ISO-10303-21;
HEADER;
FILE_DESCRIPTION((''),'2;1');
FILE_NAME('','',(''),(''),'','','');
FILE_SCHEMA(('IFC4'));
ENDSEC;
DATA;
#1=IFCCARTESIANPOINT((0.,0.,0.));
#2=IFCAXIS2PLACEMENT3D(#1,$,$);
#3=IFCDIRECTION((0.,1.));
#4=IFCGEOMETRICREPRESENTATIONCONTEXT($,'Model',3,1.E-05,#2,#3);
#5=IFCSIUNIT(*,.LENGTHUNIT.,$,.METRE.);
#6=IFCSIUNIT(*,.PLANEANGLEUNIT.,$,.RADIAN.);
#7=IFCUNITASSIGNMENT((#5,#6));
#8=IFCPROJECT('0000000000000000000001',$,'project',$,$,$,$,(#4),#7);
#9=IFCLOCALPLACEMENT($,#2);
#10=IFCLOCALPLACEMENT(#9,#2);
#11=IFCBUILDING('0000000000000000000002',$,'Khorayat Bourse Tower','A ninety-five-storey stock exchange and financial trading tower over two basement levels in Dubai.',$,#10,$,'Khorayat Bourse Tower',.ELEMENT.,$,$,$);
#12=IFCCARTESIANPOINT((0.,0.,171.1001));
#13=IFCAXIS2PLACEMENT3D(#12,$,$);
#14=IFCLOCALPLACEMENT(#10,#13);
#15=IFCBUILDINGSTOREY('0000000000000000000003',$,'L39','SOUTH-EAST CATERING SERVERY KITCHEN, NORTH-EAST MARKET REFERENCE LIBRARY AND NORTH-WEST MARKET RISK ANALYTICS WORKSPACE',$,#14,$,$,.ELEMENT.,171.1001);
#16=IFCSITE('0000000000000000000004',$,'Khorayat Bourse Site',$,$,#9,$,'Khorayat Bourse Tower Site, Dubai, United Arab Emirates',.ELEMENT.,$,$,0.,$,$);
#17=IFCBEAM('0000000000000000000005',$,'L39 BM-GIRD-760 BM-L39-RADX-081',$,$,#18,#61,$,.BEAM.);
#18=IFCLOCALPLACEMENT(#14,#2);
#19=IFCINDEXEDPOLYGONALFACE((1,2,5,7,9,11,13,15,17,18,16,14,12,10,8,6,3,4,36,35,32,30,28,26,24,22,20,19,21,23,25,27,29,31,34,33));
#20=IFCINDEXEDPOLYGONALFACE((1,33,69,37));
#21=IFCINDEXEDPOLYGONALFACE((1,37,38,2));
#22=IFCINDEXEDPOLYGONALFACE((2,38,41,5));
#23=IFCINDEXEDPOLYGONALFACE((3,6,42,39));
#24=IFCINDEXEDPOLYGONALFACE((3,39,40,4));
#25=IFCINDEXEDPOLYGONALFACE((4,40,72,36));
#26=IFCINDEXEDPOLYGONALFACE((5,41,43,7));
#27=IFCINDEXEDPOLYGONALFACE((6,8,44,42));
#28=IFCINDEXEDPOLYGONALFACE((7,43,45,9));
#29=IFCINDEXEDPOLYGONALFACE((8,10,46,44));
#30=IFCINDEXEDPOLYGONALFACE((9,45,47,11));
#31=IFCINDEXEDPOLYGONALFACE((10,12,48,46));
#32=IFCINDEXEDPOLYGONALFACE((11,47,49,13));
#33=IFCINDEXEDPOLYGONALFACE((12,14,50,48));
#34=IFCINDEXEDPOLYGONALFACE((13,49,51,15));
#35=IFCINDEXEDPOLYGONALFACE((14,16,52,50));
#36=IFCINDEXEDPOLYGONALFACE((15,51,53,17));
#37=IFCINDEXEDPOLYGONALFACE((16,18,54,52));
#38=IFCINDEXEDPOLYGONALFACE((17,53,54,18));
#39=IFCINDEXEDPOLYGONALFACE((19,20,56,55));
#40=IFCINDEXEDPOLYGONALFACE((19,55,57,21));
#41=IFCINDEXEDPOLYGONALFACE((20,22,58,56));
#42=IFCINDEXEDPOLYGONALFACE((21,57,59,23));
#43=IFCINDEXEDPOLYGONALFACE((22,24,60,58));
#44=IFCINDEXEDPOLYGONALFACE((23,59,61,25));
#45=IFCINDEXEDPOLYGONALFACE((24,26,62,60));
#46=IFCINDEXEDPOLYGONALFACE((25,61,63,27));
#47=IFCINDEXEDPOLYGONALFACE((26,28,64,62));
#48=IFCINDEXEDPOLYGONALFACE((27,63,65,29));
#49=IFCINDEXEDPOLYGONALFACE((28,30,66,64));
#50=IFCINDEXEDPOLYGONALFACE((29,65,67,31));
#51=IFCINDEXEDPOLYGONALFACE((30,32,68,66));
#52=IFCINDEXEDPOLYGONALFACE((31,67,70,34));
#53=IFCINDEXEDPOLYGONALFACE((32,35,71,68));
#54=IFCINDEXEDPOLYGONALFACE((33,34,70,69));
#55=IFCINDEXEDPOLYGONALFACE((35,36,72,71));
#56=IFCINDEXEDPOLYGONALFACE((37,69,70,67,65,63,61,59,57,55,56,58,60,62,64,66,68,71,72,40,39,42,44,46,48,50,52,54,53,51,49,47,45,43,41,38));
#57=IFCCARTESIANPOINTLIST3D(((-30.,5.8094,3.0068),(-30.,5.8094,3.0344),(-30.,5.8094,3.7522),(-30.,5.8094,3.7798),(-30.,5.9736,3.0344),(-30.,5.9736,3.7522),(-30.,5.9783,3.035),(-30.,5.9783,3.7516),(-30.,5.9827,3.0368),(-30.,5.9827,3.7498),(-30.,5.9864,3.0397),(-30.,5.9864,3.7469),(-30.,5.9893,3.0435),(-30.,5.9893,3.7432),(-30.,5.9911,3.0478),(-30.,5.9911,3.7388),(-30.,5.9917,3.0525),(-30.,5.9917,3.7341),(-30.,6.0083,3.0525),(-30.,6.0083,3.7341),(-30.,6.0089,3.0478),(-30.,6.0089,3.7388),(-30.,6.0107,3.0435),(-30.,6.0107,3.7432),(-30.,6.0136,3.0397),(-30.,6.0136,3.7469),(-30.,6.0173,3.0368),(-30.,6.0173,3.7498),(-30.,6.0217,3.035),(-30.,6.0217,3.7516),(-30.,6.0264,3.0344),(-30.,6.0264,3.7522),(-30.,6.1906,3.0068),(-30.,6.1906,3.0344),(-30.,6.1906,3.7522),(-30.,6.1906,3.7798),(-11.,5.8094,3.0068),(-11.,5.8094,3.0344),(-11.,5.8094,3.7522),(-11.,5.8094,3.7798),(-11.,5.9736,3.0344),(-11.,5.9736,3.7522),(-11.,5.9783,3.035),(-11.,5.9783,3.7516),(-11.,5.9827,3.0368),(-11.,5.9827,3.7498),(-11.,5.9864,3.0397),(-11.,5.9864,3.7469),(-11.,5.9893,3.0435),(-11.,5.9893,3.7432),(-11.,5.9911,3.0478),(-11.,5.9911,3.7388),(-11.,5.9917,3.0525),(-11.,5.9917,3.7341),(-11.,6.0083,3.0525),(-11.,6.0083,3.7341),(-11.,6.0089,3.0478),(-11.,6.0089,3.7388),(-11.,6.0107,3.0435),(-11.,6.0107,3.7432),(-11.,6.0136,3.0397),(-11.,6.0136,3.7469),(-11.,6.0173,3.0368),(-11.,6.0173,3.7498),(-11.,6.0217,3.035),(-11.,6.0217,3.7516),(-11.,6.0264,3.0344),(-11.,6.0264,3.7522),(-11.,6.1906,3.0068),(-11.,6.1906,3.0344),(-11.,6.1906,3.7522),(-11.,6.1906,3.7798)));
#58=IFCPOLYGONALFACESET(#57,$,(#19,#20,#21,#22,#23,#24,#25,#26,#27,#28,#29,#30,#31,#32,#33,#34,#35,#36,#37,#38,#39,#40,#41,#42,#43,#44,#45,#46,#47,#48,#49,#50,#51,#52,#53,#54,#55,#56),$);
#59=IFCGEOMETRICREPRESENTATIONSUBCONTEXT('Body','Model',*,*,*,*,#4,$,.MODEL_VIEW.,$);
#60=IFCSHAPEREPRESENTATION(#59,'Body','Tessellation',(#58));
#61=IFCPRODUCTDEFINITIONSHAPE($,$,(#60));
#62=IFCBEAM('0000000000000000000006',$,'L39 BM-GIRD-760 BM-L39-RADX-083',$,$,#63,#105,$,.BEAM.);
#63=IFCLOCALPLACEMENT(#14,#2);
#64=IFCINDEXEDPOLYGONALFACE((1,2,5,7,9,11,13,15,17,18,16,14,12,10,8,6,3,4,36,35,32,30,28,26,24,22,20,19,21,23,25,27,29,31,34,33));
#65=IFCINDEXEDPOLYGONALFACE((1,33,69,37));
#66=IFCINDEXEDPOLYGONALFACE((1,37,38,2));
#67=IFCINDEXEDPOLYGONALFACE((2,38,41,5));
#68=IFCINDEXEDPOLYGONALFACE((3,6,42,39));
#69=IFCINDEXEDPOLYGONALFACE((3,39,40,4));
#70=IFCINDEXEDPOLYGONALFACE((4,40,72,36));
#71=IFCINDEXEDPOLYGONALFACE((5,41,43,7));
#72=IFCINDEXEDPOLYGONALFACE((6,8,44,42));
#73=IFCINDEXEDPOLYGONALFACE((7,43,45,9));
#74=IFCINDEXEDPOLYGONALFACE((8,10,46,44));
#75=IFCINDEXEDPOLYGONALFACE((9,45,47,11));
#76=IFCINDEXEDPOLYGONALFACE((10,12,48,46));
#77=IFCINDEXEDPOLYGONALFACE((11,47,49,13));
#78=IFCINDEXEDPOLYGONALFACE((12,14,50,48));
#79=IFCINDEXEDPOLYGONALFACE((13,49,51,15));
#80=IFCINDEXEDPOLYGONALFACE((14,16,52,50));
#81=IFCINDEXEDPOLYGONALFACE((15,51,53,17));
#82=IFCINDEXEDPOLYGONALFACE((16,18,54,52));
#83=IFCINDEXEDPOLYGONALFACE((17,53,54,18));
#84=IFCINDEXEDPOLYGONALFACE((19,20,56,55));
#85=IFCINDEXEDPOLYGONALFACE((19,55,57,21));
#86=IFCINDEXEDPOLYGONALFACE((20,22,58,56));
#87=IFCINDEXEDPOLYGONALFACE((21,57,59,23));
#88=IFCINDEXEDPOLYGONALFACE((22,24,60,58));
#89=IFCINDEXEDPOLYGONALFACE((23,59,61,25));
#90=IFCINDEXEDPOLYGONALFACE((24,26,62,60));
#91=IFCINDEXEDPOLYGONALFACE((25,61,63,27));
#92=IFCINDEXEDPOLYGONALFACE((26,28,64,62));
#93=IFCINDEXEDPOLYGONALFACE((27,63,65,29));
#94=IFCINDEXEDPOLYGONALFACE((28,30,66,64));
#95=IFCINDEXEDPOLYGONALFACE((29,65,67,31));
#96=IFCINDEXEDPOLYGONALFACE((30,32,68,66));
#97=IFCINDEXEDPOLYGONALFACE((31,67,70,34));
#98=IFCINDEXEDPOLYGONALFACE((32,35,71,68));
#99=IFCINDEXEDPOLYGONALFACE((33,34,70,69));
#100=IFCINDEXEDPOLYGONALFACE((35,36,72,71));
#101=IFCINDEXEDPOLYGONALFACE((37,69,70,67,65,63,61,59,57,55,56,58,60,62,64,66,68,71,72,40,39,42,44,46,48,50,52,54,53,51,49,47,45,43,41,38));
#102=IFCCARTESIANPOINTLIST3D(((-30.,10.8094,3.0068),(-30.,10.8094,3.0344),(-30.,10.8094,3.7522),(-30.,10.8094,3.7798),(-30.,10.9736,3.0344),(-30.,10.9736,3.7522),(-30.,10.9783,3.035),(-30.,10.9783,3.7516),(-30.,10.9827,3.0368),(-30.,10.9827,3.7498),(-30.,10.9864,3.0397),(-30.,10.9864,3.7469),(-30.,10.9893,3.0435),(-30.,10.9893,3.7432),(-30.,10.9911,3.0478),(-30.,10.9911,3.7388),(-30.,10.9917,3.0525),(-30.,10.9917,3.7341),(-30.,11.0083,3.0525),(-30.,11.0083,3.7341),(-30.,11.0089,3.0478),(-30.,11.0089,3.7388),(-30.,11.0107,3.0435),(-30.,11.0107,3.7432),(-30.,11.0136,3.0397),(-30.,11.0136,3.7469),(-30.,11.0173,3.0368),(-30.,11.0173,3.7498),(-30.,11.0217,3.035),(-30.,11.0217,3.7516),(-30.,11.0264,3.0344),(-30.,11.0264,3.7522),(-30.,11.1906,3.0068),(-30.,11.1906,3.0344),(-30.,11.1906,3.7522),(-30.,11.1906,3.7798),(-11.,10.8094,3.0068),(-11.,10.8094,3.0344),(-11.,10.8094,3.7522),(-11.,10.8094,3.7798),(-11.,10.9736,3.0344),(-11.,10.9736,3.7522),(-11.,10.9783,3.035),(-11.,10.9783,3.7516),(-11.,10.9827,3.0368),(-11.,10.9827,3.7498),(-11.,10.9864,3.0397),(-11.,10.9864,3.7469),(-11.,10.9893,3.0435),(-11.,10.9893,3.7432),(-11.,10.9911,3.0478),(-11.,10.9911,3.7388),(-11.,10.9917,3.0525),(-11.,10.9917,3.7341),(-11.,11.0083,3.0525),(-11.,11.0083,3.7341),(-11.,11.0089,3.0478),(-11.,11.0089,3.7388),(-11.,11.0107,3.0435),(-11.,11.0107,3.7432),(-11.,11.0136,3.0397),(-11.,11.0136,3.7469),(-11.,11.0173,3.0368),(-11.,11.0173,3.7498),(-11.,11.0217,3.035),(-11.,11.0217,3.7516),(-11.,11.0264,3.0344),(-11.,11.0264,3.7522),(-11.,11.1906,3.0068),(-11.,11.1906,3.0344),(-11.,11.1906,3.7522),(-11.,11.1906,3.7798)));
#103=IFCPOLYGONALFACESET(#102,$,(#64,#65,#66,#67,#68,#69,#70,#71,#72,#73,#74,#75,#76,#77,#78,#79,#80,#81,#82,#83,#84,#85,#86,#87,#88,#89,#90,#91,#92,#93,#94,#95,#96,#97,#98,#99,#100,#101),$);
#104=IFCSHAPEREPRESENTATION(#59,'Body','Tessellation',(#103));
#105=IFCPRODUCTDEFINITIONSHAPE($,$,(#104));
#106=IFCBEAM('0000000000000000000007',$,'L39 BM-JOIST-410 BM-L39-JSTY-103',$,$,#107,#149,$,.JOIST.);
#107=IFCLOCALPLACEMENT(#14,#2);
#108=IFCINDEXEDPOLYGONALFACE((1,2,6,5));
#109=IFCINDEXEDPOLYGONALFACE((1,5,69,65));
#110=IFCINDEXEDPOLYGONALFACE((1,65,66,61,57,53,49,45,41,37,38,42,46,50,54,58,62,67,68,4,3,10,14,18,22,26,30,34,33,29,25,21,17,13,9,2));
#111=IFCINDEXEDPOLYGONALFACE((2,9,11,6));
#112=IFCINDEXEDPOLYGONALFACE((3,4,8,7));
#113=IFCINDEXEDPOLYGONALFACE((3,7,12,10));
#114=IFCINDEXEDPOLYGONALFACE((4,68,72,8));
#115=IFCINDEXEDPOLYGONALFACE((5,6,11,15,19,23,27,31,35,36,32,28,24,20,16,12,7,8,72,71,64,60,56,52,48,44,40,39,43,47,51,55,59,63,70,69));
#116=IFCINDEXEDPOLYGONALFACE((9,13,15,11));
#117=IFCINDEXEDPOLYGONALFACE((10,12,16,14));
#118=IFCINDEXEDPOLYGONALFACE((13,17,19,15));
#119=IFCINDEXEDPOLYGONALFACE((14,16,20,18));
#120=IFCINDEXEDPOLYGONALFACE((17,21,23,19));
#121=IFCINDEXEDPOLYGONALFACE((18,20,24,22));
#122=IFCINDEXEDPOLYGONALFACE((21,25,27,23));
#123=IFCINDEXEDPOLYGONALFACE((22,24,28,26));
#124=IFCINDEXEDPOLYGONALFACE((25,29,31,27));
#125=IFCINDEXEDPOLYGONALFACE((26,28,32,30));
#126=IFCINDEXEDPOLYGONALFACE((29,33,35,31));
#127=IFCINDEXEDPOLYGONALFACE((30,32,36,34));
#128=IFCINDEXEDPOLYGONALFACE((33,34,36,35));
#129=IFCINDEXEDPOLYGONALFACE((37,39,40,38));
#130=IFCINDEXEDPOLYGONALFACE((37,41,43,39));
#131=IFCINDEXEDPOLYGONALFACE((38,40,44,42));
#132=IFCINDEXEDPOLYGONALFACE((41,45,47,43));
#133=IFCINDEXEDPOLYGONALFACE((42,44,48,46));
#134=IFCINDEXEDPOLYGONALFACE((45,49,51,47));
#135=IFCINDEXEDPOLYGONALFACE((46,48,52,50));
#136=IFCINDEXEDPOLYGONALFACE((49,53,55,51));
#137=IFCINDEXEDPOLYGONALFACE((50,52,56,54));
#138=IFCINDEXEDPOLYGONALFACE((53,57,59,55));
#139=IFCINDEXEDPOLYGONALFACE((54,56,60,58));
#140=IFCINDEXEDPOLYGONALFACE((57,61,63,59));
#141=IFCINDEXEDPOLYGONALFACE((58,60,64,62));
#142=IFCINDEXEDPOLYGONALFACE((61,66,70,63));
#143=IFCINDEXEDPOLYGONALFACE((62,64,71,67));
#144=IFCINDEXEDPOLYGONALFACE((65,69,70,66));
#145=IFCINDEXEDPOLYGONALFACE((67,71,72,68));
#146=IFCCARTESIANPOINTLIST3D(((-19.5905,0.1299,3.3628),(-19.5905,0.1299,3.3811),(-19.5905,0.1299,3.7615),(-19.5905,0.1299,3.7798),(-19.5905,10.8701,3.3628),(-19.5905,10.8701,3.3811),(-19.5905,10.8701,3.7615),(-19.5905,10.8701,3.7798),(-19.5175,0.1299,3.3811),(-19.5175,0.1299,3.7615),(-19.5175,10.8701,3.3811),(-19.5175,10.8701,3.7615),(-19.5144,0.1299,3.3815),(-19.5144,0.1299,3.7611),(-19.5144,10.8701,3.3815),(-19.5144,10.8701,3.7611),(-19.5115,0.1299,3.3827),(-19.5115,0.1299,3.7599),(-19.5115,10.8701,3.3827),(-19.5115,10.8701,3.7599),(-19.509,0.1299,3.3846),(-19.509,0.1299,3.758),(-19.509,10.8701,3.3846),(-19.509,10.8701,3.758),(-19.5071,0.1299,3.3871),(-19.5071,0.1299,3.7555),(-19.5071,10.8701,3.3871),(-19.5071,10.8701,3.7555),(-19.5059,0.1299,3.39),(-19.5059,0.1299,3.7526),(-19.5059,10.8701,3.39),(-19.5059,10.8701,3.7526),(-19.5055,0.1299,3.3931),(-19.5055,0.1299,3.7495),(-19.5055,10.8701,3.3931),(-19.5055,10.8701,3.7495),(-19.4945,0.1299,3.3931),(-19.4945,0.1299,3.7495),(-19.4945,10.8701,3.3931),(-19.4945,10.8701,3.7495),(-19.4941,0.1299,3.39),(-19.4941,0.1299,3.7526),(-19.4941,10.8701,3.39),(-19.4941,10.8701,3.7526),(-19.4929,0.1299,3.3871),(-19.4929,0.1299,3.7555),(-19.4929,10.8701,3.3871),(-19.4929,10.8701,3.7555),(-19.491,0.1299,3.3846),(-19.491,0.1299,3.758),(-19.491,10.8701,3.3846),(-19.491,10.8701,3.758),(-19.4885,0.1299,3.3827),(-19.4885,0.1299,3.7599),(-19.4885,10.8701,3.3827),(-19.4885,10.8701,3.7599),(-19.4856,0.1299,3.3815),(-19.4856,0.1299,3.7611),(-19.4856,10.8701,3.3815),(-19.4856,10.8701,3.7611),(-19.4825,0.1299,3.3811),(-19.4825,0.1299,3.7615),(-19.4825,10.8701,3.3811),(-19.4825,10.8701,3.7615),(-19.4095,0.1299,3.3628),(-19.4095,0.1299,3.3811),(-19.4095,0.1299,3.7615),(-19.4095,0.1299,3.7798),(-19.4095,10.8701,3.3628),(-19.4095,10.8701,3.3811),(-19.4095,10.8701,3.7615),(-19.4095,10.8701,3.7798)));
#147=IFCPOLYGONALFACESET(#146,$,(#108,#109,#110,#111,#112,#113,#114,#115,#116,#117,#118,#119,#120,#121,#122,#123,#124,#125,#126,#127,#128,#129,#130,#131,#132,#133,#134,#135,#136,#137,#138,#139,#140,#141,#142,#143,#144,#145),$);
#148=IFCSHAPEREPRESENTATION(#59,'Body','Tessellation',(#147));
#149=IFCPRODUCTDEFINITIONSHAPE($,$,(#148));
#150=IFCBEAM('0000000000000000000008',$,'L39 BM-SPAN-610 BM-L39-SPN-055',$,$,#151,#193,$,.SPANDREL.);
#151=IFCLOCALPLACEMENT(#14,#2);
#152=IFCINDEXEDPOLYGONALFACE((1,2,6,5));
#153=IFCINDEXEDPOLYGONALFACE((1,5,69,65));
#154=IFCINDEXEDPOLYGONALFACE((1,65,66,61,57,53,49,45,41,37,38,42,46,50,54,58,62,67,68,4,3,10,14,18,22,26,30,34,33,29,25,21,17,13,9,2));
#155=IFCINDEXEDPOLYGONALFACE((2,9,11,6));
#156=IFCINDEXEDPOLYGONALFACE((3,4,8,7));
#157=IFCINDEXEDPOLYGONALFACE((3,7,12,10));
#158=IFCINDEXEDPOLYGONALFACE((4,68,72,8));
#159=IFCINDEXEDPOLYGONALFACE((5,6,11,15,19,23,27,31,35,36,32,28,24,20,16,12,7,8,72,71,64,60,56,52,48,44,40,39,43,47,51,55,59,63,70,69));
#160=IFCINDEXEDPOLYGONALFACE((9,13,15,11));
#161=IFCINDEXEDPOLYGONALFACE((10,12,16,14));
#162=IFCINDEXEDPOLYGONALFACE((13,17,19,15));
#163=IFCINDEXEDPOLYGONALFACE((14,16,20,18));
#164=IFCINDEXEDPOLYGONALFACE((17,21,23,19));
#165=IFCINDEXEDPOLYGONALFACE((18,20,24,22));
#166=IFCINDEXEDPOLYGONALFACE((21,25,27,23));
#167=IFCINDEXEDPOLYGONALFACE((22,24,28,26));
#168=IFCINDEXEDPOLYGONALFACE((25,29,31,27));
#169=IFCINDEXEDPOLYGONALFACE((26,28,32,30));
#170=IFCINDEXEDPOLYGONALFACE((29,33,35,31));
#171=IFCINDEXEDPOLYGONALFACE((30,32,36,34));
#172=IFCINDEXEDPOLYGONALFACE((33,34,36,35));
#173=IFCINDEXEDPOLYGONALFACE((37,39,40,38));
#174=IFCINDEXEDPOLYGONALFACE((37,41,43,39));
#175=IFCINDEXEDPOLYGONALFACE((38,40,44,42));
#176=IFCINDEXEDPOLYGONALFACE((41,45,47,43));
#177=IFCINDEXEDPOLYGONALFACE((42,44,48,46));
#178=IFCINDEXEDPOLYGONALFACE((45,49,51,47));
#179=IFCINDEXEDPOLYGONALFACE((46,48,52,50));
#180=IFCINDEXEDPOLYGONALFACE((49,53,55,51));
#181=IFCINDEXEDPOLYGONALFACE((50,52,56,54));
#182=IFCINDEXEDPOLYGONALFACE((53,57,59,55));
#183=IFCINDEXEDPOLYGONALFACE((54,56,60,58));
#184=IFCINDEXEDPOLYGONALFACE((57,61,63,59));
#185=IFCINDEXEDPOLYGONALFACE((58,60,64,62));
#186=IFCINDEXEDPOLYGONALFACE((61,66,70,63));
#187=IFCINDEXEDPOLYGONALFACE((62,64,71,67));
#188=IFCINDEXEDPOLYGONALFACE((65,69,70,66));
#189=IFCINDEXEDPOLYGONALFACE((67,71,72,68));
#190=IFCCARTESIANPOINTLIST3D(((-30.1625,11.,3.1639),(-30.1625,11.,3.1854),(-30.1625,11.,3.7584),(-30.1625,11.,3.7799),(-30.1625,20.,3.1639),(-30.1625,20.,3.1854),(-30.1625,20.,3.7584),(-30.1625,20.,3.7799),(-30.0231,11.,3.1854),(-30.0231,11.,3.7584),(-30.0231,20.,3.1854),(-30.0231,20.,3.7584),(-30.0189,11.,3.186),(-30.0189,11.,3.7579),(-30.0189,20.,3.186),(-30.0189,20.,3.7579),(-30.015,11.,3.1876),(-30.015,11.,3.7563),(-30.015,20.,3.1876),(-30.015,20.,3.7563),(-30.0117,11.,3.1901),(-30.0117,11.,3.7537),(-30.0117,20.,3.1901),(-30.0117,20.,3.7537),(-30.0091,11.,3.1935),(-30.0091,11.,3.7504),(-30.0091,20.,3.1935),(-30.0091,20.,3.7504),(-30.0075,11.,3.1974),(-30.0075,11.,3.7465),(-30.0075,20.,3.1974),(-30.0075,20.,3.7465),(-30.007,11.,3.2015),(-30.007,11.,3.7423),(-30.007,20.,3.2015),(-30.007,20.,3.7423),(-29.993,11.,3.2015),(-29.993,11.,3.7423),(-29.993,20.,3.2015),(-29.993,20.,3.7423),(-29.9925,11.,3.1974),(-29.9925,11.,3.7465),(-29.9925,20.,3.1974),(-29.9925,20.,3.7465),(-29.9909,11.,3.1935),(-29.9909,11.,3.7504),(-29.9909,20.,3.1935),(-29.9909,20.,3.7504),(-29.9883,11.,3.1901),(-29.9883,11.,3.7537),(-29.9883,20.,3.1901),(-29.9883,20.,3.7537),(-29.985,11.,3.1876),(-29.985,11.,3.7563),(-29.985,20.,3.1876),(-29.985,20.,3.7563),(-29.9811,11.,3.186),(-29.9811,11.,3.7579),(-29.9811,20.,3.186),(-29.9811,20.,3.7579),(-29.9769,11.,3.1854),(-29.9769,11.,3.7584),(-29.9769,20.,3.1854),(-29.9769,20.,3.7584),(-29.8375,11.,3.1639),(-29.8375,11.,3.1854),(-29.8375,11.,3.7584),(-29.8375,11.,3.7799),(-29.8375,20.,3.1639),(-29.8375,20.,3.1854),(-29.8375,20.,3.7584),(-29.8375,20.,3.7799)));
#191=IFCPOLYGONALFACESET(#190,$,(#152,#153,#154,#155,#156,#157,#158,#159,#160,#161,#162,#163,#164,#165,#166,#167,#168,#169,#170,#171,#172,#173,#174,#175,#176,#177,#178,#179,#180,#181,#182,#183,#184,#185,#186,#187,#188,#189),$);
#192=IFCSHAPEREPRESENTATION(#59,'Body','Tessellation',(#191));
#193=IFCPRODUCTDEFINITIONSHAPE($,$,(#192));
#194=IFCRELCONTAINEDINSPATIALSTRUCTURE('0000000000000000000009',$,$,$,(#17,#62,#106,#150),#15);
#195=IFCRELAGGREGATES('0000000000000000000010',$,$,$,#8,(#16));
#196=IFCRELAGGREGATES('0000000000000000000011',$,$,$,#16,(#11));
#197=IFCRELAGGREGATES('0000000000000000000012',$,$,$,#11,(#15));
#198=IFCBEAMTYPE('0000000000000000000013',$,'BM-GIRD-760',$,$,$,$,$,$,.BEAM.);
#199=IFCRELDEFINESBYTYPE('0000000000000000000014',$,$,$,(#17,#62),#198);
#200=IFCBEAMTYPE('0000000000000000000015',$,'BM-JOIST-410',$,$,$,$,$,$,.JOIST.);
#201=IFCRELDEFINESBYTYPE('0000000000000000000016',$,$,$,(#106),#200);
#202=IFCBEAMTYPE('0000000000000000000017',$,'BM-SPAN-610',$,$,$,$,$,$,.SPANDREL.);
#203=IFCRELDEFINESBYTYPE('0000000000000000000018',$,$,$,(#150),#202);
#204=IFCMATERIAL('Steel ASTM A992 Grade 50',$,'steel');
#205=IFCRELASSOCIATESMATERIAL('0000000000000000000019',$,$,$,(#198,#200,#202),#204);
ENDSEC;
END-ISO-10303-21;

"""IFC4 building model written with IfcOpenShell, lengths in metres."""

from ifc_helpers import new_model, si_unit, direction, frame, origin, origin_2d, place, context, subcontext, project, spatial, i_section, extrude, source, transform, mapped, material, material_profile, profile_set, type_object, element, save


model = new_model("IFC4")

# Units and contexts
model_context = context("Model", 3, precision=1e-05, world=origin(), true_north=direction((0.0, 1.0)))
body_context = subcontext(model_context, "Body", "Model", "MODEL_VIEW")
ifc_project = project(units=[si_unit("LENGTHUNIT", "METRE"), si_unit("PLANEANGLEUNIT", "RADIAN")], contexts=[model_context])

# Site, building, storey
site_placement = place(None, origin())
site = spatial("IfcSite", under=ifc_project, at=site_placement, Name="Khorayat Bourse Site", LongName="Khorayat Bourse Tower Site, Dubai, United Arab Emirates", CompositionType="ELEMENT", RefElevation=0.0)
building_placement = place(site_placement, origin())
building = spatial("IfcBuilding", under=site, at=building_placement, Name="Khorayat Bourse Tower", Description="A ninety-five-storey stock exchange and financial trading tower over two basement levels in Dubai.", LongName="Khorayat Bourse Tower", CompositionType="ELEMENT")
storey_placement = place(building_placement, frame((0.0, 0.0, 171.1001)))
storey = spatial("IfcBuildingStorey", under=building, at=storey_placement, Name="L39", Description="SOUTH-EAST CATERING SERVERY KITCHEN, NORTH-EAST MARKET REFERENCE LIBRARY AND NORTH-WEST MARKET RISK ANALYTICS WORKSPACE", CompositionType="ELEMENT", Elevation=171.1001)

# Beams
ifc_material_1 = material(Name="Steel ASTM A992 Grade 50", Category="steel")
ifc_material_profile_1 = material_profile(ifc_material_1, i_section(OverallWidth=0.3811, OverallDepth=0.7729, WebThickness=0.0166, FlangeThickness=0.0276, FilletRadius=0.0181, at=origin_2d()), Name="W760X257")
ifc_profile_set_1 = profile_set([ifc_material_profile_1], Name="Steel ASTM A992 Grade 50")
beam_type_1 = type_object("IfcBeamType", Name="BM-GIRD-760", PredefinedType="BEAM", material=ifc_profile_set_1)
shared_shape_1 = source(origin(), body_context, "Body", "SweptSolid", [
    extrude(i_section(OverallWidth=0.3811, OverallDepth=0.7729, WebThickness=0.0166, FlangeThickness=0.0276, FilletRadius=0.0181, at=origin_2d()), origin(), (0.0, 0.0, 1.0), 19.0),
])
for number, where, z_axis, x_axis, name in (
    (1, (-30.0, 6.0, 3.3933), (1.0, 0.0, 0.0), (0.0, 1.0, 0.0), "L39 BM-GIRD-760 BM-L39-RADX-081"),
    (2, (-30.0, 11.0, 3.3933), (1.0, 0.0, 0.0), (0.0, 1.0, 0.0), "L39 BM-GIRD-760 BM-L39-RADX-083"),
):
    element("IfcBeam", number, at=place(storey_placement, frame(where, z_axis=z_axis, x_axis=x_axis)), inside=storey, type_object=beam_type_1, Name=name, PredefinedType="BEAM", context=body_context, shape_type="MappedRepresentation", body=[
        mapped(shared_shape_1, transform((0.0, 0.0, 0.0), scale=1.0)),
    ])
ifc_material_profile_2 = material_profile(ifc_material_1, i_section(OverallWidth=0.1809, OverallDepth=0.417, WebThickness=0.011, FlangeThickness=0.0183, FilletRadius=0.012, at=origin_2d()), Name="W410X85")
ifc_profile_set_2 = profile_set([ifc_material_profile_2], Name="Steel ASTM A992 Grade 50")
beam_type_2 = type_object("IfcBeamType", Name="BM-JOIST-410", PredefinedType="JOIST", material=ifc_profile_set_2)
shared_shape_2 = source(origin(), body_context, "Body", "SweptSolid", [
    extrude(i_section(OverallWidth=0.1809, OverallDepth=0.417, WebThickness=0.011, FlangeThickness=0.0183, FilletRadius=0.012, at=origin_2d()), origin(), (0.0, 0.0, 1.0), 10.7402),
])
beam_1_placement = place(storey_placement, frame((-19.5, 0.1299, 3.5713), z_axis=(0.0, 1.0, 0.0), x_axis=(-1.0, 0.0, 0.0)))
element("IfcBeam", 3, at=beam_1_placement, inside=storey, type_object=beam_type_2, Name="L39 BM-JOIST-410 BM-L39-JSTY-103", PredefinedType="JOIST", context=body_context, shape_type="MappedRepresentation", body=[
    mapped(shared_shape_2, transform((0.0, 0.0, 0.0), scale=1.0)),
])
ifc_material_profile_3 = material_profile(ifc_material_1, i_section(OverallWidth=0.325, OverallDepth=0.616, WebThickness=0.0139, FlangeThickness=0.0215, FilletRadius=0.0161, at=origin_2d()), Name="W610X174")
ifc_profile_set_3 = profile_set([ifc_material_profile_3], Name="Steel ASTM A992 Grade 50")
beam_type_3 = type_object("IfcBeamType", Name="BM-SPAN-610", PredefinedType="SPANDREL", material=ifc_profile_set_3)
shared_shape_3 = source(origin(), body_context, "Body", "SweptSolid", [
    extrude(i_section(OverallWidth=0.325, OverallDepth=0.616, WebThickness=0.0139, FlangeThickness=0.0215, FilletRadius=0.0161, at=origin_2d()), origin(), (0.0, 0.0, 1.0), 9.0),
])
beam_2_placement = place(storey_placement, frame((-30.0, 11.0, 3.4719), z_axis=(0.0, 1.0, 0.0), x_axis=(-1.0, 0.0, 0.0)))
element("IfcBeam", 4, at=beam_2_placement, inside=storey, type_object=beam_type_3, Name="L39 BM-SPAN-610 BM-L39-SPN-055", PredefinedType="SPANDREL", context=body_context, shape_type="MappedRepresentation", body=[
    mapped(shared_shape_3, transform((0.0, 0.0, 0.0), scale=1.0)),
])

save(model, "model.ifc")
